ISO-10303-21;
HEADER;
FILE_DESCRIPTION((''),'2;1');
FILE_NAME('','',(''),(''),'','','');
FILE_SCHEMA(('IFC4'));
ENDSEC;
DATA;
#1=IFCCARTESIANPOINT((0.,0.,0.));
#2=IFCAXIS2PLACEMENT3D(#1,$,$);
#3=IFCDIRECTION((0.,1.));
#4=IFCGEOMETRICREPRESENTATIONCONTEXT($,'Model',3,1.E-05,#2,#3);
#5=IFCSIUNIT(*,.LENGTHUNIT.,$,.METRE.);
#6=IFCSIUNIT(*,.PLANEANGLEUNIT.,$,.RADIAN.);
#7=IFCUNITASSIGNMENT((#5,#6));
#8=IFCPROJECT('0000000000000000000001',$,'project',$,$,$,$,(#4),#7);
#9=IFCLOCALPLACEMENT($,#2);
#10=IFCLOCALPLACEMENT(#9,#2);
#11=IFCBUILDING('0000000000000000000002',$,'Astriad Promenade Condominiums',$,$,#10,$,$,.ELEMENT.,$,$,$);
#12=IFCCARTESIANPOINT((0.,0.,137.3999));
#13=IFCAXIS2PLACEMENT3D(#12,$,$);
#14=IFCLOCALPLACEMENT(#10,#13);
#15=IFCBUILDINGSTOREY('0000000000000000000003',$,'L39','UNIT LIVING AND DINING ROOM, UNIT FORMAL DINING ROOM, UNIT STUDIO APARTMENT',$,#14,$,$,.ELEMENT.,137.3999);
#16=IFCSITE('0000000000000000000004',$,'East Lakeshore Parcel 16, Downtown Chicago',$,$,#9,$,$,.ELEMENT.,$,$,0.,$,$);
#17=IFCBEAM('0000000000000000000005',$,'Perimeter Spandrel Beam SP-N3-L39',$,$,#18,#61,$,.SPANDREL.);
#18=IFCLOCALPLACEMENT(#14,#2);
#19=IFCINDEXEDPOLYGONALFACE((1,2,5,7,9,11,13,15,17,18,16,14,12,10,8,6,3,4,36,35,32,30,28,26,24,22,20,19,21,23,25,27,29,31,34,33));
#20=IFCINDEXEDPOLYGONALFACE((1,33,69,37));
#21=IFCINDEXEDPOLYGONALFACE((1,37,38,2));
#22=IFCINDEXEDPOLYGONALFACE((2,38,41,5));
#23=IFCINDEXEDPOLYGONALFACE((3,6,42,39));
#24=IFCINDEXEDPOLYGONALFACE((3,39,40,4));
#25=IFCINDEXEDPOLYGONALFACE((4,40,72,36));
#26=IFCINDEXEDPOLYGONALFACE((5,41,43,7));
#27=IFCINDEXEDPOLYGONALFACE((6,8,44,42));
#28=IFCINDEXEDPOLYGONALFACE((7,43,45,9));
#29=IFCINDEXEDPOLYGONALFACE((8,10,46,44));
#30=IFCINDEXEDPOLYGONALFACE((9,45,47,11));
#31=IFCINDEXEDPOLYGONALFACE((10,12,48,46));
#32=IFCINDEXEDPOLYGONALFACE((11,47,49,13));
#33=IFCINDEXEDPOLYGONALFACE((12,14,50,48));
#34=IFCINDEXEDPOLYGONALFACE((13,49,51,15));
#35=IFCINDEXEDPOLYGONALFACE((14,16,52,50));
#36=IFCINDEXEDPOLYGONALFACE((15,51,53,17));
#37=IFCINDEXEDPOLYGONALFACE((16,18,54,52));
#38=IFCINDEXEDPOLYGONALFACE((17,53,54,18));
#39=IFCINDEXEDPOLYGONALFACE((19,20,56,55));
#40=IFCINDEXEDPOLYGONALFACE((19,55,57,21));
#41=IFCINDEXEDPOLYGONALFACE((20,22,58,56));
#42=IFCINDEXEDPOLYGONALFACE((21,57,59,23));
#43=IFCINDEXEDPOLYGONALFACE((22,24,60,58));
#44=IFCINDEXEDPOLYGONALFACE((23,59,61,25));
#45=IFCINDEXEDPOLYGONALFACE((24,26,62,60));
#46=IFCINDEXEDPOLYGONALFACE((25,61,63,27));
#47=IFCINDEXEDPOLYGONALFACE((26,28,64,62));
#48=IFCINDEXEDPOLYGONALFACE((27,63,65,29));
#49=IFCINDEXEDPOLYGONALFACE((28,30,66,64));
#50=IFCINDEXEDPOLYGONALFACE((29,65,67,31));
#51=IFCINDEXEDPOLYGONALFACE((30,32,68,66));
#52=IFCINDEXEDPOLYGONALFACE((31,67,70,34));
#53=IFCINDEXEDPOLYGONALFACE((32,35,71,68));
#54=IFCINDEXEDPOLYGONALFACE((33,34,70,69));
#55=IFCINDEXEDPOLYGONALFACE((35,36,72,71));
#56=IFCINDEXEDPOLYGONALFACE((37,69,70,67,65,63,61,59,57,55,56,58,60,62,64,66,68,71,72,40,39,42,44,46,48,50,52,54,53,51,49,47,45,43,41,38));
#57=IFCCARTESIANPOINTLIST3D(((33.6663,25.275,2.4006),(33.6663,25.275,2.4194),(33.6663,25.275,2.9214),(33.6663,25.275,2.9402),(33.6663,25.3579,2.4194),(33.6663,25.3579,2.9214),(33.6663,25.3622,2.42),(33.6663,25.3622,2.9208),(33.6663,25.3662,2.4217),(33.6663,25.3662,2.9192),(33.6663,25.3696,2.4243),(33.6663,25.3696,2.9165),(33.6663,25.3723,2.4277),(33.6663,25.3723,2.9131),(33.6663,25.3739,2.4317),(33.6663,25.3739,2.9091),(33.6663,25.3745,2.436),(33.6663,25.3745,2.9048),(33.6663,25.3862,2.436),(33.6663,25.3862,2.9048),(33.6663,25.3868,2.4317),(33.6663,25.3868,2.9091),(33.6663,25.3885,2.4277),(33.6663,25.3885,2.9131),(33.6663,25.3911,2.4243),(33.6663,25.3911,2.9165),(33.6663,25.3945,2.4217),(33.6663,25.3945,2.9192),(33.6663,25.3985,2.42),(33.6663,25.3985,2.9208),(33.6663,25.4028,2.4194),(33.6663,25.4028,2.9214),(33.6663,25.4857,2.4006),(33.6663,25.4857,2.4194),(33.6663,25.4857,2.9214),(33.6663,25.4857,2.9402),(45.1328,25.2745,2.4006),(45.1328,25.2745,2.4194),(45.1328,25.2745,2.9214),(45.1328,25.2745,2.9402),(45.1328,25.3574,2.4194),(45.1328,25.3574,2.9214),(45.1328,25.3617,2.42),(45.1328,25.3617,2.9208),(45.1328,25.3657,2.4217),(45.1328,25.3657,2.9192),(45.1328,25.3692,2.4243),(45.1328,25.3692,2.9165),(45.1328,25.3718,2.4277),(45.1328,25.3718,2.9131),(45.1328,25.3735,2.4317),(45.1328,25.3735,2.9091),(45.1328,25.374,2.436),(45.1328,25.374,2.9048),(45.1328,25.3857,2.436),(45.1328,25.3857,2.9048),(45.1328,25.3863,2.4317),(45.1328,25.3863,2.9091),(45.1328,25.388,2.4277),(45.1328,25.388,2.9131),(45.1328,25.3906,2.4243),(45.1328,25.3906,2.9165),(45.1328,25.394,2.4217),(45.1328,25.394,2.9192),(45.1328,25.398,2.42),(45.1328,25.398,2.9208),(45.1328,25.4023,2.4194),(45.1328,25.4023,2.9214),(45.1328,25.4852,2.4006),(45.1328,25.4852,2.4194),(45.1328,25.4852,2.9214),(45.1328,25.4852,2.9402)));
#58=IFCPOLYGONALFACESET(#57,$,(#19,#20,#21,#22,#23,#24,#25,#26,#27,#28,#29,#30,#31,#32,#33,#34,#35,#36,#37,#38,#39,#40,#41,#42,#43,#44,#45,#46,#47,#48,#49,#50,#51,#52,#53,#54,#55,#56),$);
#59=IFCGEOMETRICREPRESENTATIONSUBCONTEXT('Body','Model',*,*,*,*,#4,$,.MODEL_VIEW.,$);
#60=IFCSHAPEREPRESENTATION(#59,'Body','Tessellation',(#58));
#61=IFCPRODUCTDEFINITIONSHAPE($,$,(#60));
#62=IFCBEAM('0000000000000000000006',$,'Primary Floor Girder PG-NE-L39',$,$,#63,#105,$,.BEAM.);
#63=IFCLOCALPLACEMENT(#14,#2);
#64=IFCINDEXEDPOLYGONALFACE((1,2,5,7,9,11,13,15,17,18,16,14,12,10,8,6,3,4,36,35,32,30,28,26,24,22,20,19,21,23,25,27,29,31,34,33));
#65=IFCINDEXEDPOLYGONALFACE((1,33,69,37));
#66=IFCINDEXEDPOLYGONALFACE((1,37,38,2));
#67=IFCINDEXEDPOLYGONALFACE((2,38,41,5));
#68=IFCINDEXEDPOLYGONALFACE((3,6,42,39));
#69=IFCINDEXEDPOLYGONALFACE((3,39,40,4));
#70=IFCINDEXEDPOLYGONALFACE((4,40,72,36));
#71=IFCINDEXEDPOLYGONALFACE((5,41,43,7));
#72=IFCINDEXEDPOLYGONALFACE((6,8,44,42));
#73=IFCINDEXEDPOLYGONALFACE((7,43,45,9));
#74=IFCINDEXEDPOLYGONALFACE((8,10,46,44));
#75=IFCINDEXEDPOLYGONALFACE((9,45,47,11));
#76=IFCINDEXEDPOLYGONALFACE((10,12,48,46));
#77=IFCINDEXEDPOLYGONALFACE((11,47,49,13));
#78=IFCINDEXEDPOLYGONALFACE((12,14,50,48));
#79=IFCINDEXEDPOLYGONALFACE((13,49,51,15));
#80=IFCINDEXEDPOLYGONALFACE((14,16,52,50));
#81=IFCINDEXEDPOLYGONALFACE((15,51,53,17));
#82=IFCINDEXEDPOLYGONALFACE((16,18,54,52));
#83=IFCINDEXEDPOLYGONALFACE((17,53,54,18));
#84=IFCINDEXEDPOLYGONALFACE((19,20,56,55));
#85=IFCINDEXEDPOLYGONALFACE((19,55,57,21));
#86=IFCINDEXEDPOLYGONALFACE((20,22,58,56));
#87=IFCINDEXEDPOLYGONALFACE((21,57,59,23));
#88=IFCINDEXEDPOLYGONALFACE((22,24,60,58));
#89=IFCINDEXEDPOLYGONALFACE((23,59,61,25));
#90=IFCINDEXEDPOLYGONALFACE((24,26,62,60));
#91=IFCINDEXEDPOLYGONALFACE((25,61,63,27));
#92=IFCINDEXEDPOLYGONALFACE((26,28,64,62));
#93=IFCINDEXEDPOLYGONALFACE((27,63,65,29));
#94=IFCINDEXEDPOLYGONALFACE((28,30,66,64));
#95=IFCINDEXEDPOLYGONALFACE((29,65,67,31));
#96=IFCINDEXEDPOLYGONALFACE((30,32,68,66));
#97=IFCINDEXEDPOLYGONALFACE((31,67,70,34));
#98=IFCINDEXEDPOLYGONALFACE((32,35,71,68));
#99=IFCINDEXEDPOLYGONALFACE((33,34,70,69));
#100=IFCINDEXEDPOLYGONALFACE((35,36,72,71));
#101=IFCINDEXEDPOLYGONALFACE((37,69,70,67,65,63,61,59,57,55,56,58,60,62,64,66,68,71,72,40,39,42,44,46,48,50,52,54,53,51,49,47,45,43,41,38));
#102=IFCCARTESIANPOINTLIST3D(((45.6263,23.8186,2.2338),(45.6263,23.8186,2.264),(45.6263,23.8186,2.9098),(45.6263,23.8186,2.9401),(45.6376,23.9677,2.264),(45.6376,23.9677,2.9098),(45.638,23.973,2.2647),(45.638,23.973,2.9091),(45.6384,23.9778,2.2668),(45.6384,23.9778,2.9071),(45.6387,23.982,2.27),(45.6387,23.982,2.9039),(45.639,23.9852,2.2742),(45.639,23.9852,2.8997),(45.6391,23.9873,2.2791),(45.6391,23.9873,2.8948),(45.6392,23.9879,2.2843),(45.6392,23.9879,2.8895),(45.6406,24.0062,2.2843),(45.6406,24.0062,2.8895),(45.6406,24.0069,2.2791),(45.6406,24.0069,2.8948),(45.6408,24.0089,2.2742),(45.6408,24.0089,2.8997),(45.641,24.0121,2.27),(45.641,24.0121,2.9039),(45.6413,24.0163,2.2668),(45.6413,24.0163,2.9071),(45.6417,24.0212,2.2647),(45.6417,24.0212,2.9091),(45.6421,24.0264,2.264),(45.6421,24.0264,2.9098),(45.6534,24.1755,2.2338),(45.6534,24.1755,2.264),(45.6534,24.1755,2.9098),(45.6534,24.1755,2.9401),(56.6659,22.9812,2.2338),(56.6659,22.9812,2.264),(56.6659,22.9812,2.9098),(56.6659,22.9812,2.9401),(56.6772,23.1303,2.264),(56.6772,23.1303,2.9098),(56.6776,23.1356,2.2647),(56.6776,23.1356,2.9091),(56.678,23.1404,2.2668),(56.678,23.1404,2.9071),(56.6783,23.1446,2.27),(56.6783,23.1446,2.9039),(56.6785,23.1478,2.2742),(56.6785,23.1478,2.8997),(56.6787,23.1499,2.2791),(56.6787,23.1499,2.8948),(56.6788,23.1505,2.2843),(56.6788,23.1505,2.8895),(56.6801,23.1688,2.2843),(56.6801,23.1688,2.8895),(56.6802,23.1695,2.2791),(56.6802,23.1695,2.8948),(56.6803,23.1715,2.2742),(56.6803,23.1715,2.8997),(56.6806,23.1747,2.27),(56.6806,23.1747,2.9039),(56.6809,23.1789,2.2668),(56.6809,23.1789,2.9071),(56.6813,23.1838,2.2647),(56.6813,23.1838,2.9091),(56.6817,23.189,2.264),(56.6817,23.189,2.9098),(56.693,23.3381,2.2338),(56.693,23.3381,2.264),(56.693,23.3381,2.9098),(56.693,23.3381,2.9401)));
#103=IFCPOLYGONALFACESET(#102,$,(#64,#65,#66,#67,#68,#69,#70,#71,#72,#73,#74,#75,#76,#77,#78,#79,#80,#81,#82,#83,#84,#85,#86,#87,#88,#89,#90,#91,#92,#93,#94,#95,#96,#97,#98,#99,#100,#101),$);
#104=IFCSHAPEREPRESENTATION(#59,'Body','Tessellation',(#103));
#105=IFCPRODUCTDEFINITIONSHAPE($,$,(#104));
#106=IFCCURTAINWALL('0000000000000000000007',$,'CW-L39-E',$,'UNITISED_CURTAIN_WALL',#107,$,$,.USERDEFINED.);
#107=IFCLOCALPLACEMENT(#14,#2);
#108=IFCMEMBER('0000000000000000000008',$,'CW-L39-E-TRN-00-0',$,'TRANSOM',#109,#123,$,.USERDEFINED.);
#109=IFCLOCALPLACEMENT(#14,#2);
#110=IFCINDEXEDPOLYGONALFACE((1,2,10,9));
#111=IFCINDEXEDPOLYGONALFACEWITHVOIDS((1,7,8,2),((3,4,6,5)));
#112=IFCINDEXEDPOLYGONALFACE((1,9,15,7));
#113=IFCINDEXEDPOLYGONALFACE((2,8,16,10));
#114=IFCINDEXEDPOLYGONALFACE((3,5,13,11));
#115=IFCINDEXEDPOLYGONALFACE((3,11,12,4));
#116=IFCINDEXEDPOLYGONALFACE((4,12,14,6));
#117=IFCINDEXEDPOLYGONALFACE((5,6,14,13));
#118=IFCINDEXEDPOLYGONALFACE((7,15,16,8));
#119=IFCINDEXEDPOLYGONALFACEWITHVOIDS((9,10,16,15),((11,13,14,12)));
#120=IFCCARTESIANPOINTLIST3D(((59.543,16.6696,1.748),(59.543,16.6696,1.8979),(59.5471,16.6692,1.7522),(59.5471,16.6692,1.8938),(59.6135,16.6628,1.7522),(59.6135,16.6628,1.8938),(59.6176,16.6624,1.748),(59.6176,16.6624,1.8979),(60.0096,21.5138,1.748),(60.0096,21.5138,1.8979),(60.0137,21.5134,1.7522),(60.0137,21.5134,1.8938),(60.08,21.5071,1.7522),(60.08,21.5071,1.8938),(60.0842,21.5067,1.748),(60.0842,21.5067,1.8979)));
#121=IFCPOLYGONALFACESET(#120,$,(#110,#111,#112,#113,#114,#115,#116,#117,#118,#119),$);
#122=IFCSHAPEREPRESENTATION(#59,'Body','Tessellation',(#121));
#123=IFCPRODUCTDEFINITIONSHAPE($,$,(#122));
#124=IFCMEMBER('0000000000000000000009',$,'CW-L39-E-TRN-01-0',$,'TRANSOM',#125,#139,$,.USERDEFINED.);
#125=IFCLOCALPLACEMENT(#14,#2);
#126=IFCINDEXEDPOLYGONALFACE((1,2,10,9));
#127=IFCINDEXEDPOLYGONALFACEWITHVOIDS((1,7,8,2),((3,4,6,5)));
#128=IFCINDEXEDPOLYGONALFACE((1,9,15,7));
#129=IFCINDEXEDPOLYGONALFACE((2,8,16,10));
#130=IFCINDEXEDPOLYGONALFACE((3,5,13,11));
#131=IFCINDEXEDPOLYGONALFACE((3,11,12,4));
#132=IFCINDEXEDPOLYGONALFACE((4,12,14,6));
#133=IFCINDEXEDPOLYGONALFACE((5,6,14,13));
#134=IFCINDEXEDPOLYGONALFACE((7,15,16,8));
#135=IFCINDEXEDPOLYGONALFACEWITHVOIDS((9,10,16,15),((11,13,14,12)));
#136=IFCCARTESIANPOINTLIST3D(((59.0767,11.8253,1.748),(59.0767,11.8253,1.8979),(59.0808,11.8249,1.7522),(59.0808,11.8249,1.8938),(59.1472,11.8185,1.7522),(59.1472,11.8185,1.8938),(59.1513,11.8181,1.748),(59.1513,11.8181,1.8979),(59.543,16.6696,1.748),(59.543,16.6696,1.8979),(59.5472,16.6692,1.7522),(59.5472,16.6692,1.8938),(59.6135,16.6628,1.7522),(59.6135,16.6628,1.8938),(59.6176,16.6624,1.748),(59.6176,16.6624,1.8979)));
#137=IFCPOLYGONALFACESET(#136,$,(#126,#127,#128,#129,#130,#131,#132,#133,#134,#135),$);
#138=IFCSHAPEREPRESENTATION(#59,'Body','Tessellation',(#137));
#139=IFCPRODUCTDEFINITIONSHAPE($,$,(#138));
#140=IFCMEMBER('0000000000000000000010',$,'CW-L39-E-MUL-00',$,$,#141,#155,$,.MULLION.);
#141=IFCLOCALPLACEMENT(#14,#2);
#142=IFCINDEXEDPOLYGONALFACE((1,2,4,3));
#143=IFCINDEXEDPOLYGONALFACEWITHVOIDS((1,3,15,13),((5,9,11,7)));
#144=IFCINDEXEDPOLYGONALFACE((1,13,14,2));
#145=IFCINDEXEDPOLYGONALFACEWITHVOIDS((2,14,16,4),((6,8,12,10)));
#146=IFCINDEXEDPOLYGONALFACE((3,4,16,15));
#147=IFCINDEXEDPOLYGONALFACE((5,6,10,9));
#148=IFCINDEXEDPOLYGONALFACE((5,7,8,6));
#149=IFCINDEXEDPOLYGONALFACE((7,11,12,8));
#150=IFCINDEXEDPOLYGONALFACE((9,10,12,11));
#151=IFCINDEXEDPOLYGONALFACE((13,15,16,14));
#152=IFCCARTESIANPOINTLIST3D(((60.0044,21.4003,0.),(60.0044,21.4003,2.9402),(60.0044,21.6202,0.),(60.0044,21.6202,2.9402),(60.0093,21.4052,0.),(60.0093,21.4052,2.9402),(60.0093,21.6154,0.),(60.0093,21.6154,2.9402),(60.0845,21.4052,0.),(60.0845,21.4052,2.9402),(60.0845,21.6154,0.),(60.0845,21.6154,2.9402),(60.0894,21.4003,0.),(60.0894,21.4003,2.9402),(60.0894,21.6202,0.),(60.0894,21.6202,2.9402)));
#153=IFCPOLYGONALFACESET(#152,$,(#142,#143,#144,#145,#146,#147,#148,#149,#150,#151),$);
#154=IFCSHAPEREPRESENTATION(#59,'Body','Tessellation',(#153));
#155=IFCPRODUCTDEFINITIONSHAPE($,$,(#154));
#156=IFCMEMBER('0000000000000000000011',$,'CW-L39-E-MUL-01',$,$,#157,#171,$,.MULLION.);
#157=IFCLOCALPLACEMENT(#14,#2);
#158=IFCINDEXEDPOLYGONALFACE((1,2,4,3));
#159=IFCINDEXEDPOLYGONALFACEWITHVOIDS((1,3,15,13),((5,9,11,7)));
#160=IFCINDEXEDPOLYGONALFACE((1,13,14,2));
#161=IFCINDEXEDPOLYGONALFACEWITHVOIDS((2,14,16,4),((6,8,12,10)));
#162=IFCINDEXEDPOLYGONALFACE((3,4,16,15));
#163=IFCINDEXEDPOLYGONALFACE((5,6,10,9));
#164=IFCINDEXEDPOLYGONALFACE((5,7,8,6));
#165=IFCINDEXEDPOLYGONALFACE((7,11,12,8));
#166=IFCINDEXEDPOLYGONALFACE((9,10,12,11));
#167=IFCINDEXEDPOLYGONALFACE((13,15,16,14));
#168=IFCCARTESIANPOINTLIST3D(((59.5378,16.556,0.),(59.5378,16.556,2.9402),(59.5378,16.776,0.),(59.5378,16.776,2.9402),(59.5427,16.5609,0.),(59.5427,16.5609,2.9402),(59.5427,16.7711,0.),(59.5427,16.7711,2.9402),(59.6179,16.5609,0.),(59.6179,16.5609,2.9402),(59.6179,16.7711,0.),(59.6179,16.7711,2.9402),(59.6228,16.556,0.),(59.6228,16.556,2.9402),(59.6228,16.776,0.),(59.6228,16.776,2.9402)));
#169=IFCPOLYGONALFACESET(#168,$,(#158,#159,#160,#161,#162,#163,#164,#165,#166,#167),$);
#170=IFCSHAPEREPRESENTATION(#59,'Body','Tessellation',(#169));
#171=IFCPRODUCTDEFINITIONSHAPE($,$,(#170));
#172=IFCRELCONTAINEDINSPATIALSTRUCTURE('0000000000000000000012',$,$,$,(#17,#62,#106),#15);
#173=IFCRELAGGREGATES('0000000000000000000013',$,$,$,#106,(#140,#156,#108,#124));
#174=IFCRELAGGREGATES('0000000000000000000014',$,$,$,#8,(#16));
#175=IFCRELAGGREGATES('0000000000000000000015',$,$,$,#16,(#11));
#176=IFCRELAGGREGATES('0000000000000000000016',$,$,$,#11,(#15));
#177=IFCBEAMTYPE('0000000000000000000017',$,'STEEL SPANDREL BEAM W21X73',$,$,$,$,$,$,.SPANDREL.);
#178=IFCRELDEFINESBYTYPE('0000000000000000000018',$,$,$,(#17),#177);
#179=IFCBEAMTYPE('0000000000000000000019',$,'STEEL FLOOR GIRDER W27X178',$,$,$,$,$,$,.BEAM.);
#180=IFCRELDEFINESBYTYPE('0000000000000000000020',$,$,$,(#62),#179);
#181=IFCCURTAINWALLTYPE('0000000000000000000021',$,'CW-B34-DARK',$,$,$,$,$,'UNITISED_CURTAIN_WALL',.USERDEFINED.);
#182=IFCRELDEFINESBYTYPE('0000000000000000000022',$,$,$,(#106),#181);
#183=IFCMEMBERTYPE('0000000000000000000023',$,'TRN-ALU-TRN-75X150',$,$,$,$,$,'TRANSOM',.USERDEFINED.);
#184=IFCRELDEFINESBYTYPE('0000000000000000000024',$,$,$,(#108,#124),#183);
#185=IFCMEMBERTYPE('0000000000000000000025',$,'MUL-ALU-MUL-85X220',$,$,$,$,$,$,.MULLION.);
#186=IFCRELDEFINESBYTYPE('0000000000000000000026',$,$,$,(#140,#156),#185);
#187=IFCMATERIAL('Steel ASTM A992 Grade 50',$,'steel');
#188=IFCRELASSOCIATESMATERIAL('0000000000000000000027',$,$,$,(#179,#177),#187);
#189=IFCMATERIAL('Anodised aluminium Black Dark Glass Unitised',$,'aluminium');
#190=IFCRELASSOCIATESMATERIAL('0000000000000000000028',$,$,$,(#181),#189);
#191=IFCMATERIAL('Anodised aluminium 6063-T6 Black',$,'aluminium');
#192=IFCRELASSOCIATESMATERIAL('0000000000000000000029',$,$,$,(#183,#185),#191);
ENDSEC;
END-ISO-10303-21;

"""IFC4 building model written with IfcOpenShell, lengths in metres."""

from ifc_helpers import new_model, si_unit, direction, frame, origin, origin_2d, place, context, subcontext, project, spatial, hollow_rectangle, i_section, extrude, source, transform, mapped, material, material_profile, profile_set, type_object, type_shapes, element, aggregate, save


model = new_model("IFC4")

# Units and contexts
model_context = context("Model", 3, precision=1e-05, world=origin(), true_north=direction((0.0, 1.0)))
body_context = subcontext(model_context, "Body", "Model", "MODEL_VIEW")
ifc_project = project(units=[si_unit("LENGTHUNIT", "METRE"), si_unit("PLANEANGLEUNIT", "RADIAN")], contexts=[model_context])

# Site, building, storey
site_placement = place(None, origin())
site = spatial("IfcSite", under=ifc_project, at=site_placement, Name="East Lakeshore Parcel 16, Downtown Chicago", CompositionType="ELEMENT", RefElevation=0.0)
building_placement = place(site_placement, origin())
building = spatial("IfcBuilding", under=site, at=building_placement, Name="Astriad Promenade Condominiums", CompositionType="ELEMENT")
storey_placement = place(building_placement, frame((0.0, 0.0, 137.3999)))
storey = spatial("IfcBuildingStorey", under=building, at=storey_placement, Name="L39", Description="UNIT LIVING AND DINING ROOM, UNIT FORMAL DINING ROOM, UNIT STUDIO APARTMENT", CompositionType="ELEMENT", Elevation=137.3999)

# Shared definitions
ifc_material_1 = material(Name="Steel ASTM A992 Grade 50", Category="steel")

# Beams
ifc_material_profile_1 = material_profile(ifc_material_1, i_section(OverallWidth=0.3579, OverallDepth=0.7063, WebThickness=0.0183, FlangeThickness=0.0303, FilletRadius=0.0203, at=origin_2d()), Name="W27X178")
ifc_profile_set_1 = profile_set([ifc_material_profile_1], Name="Steel ASTM A992 Grade 50")
beam_type_1 = type_object("IfcBeamType", Name="STEEL FLOOR GIRDER W27X178", PredefinedType="BEAM", material=ifc_profile_set_1)
ifc_material_profile_2 = material_profile(ifc_material_1, i_section(OverallWidth=0.2107, OverallDepth=0.5396, WebThickness=0.0117, FlangeThickness=0.0188, FilletRadius=0.0166, at=origin_2d()), Name="W21X73")
ifc_profile_set_2 = profile_set([ifc_material_profile_2], Name="Steel ASTM A992 Grade 50")
beam_type_2 = type_object("IfcBeamType", Name="STEEL SPANDREL BEAM W21X73", PredefinedType="SPANDREL", material=ifc_profile_set_2)
shared_shape_1 = source(origin(), body_context, "Body", "SweptSolid", [
    extrude(i_section(OverallWidth=0.2107, OverallDepth=0.5396, WebThickness=0.0117, FlangeThickness=0.0188, FilletRadius=0.0166, at=origin_2d()), origin(), (0.0, 0.0, 1.0), 11.4666),
])
type_shapes(beam_type_2, [shared_shape_1])
beam_1_placement = place(storey_placement, frame((45.1328, 25.3799, 2.6704), z_axis=(-1.0, 0.000043, 0.0), x_axis=(-0.000043, -1.0, 0.0)))
element("IfcBeam", 1, at=beam_1_placement, inside=storey, type_object=beam_type_2, Name="Perimeter Spandrel Beam SP-N3-L39", PredefinedType="SPANDREL", context=body_context, shape_type="MappedRepresentation", body=[
    mapped(shared_shape_1, transform((0.0, 0.0, 0.0), scale=1.0)),
])
shared_shape_2 = source(origin(), body_context, "Body", "SweptSolid", [
    extrude(i_section(OverallWidth=0.3579, OverallDepth=0.7063, WebThickness=0.0183, FlangeThickness=0.0303, FilletRadius=0.0203, at=origin_2d()), origin(), (0.0, 0.0, 1.0), 11.0713),
])
beam_2_placement = place(storey_placement, frame((56.6794, 23.1597, 2.5869), z_axis=(-0.997135, 0.075637, 0.0), x_axis=(-0.075637, -0.997135, 0.0)))
element("IfcBeam", 2, at=beam_2_placement, inside=storey, type_object=beam_type_1, Name="Primary Floor Girder PG-NE-L39", PredefinedType="BEAM", context=body_context, shape_type="MappedRepresentation", body=[
    mapped(shared_shape_2, transform((0.0, 0.0, 0.0), scale=1.0)),
])

# Curtain wall, members
ifc_material_2 = material(Name="Anodised aluminium Black Dark Glass Unitised", Category="aluminium")
curtain_wall_type = type_object("IfcCurtainWallType", Name="CW-B34-DARK", ElementType="UNITISED_CURTAIN_WALL", PredefinedType="USERDEFINED", material=ifc_material_2)
curtain_wall_placement = place(storey_placement, origin())
curtain_wall = element("IfcCurtainWall", 3, at=curtain_wall_placement, inside=storey, type_object=curtain_wall_type, Name="CW-L39-E", ObjectType="UNITISED_CURTAIN_WALL", PredefinedType="USERDEFINED")
ifc_material_3 = material(Name="Anodised aluminium 6063-T6 Black", Category="aluminium")
ifc_material_profile_3 = material_profile(ifc_material_3, hollow_rectangle(XDim=0.075, YDim=0.1499, WallThickness=0.0042, at=origin_2d()), Name="ALU-TRN-75X150")
ifc_profile_set_3 = profile_set([ifc_material_profile_3], Name="Anodised aluminium 6063-T6 Black")
member_type_1 = type_object("IfcMemberType", Name="TRN-ALU-TRN-75X150", ElementType="TRANSOM", PredefinedType="USERDEFINED", material=ifc_profile_set_3)
shared_shape_3 = source(origin(), body_context, "Body", "SweptSolid", [
    extrude(hollow_rectangle(XDim=0.075, YDim=0.1499, WallThickness=0.0042, at=origin_2d()), origin(), (0.0, 0.0, 1.0), 4.8667),
])
type_shapes(member_type_1, [shared_shape_3])
member_1_placement = place(storey_placement, frame((60.0469, 21.5103, 1.823), z_axis=(-0.095867, -0.995394, 0.0), x_axis=(0.995394, -0.095867, 0.0)))
member_1 = element("IfcMember", 4, at=member_1_placement, type_object=member_type_1, Name="CW-L39-E-TRN-00-0", ObjectType="TRANSOM", PredefinedType="USERDEFINED", context=body_context, shape_type="MappedRepresentation", body=[
    mapped(shared_shape_3, transform((0.0, 0.0, 0.0), scale=1.0)),
])
member_2_placement = place(storey_placement, frame((59.5803, 16.666, 1.823), z_axis=(-0.095818, -0.995399, 0.0), x_axis=(0.995399, -0.095818, 0.0)))
member_2 = element("IfcMember", 5, at=member_2_placement, type_object=member_type_1, Name="CW-L39-E-TRN-01-0", ObjectType="TRANSOM", PredefinedType="USERDEFINED", context=body_context, shape_type="MappedRepresentation", body=[
    mapped(shared_shape_3, transform((0.0, 0.0, 0.0), scale=1.0)),
])
ifc_material_profile_4 = material_profile(ifc_material_3, hollow_rectangle(XDim=0.085, YDim=0.22, WallThickness=0.0049, at=origin_2d()), Name="ALU-MUL-85X220")
ifc_profile_set_4 = profile_set([ifc_material_profile_4], Name="Anodised aluminium 6063-T6 Black")
member_type_2 = type_object("IfcMemberType", Name="MUL-ALU-MUL-85X220", PredefinedType="MULLION", material=ifc_profile_set_4)
shared_shape_4 = source(origin(), body_context, "Body", "SweptSolid", [
    extrude(hollow_rectangle(XDim=0.085, YDim=0.22, WallThickness=0.0049, at=origin_2d()), origin(), (0.0, 0.0, 1.0), 2.9402),
])
type_shapes(member_type_2, [shared_shape_4])
member_3_placement = place(storey_placement, frame((60.0469, 21.5103, 0.0), z_axis=(0.0, 0.0, 1.0), x_axis=(1.0, 0.0, 0.0)))
member_3 = element("IfcMember", 6, at=member_3_placement, type_object=member_type_2, Name="CW-L39-E-MUL-00", PredefinedType="MULLION", context=body_context, shape_type="MappedRepresentation", body=[
    mapped(shared_shape_4, transform((0.0, 0.0, 0.0), scale=1.0)),
])
member_4_placement = place(storey_placement, frame((59.5803, 16.666, 0.0), z_axis=(0.0, 0.0, 1.0), x_axis=(1.0, 0.0, 0.0)))
member_4 = element("IfcMember", 7, at=member_4_placement, type_object=member_type_2, Name="CW-L39-E-MUL-01", PredefinedType="MULLION", context=body_context, shape_type="MappedRepresentation", body=[
    mapped(shared_shape_4, transform((0.0, 0.0, 0.0), scale=1.0)),
])
aggregate(curtain_wall, [member_3, member_4, member_1, member_2])

save(model, "model.ifc")
